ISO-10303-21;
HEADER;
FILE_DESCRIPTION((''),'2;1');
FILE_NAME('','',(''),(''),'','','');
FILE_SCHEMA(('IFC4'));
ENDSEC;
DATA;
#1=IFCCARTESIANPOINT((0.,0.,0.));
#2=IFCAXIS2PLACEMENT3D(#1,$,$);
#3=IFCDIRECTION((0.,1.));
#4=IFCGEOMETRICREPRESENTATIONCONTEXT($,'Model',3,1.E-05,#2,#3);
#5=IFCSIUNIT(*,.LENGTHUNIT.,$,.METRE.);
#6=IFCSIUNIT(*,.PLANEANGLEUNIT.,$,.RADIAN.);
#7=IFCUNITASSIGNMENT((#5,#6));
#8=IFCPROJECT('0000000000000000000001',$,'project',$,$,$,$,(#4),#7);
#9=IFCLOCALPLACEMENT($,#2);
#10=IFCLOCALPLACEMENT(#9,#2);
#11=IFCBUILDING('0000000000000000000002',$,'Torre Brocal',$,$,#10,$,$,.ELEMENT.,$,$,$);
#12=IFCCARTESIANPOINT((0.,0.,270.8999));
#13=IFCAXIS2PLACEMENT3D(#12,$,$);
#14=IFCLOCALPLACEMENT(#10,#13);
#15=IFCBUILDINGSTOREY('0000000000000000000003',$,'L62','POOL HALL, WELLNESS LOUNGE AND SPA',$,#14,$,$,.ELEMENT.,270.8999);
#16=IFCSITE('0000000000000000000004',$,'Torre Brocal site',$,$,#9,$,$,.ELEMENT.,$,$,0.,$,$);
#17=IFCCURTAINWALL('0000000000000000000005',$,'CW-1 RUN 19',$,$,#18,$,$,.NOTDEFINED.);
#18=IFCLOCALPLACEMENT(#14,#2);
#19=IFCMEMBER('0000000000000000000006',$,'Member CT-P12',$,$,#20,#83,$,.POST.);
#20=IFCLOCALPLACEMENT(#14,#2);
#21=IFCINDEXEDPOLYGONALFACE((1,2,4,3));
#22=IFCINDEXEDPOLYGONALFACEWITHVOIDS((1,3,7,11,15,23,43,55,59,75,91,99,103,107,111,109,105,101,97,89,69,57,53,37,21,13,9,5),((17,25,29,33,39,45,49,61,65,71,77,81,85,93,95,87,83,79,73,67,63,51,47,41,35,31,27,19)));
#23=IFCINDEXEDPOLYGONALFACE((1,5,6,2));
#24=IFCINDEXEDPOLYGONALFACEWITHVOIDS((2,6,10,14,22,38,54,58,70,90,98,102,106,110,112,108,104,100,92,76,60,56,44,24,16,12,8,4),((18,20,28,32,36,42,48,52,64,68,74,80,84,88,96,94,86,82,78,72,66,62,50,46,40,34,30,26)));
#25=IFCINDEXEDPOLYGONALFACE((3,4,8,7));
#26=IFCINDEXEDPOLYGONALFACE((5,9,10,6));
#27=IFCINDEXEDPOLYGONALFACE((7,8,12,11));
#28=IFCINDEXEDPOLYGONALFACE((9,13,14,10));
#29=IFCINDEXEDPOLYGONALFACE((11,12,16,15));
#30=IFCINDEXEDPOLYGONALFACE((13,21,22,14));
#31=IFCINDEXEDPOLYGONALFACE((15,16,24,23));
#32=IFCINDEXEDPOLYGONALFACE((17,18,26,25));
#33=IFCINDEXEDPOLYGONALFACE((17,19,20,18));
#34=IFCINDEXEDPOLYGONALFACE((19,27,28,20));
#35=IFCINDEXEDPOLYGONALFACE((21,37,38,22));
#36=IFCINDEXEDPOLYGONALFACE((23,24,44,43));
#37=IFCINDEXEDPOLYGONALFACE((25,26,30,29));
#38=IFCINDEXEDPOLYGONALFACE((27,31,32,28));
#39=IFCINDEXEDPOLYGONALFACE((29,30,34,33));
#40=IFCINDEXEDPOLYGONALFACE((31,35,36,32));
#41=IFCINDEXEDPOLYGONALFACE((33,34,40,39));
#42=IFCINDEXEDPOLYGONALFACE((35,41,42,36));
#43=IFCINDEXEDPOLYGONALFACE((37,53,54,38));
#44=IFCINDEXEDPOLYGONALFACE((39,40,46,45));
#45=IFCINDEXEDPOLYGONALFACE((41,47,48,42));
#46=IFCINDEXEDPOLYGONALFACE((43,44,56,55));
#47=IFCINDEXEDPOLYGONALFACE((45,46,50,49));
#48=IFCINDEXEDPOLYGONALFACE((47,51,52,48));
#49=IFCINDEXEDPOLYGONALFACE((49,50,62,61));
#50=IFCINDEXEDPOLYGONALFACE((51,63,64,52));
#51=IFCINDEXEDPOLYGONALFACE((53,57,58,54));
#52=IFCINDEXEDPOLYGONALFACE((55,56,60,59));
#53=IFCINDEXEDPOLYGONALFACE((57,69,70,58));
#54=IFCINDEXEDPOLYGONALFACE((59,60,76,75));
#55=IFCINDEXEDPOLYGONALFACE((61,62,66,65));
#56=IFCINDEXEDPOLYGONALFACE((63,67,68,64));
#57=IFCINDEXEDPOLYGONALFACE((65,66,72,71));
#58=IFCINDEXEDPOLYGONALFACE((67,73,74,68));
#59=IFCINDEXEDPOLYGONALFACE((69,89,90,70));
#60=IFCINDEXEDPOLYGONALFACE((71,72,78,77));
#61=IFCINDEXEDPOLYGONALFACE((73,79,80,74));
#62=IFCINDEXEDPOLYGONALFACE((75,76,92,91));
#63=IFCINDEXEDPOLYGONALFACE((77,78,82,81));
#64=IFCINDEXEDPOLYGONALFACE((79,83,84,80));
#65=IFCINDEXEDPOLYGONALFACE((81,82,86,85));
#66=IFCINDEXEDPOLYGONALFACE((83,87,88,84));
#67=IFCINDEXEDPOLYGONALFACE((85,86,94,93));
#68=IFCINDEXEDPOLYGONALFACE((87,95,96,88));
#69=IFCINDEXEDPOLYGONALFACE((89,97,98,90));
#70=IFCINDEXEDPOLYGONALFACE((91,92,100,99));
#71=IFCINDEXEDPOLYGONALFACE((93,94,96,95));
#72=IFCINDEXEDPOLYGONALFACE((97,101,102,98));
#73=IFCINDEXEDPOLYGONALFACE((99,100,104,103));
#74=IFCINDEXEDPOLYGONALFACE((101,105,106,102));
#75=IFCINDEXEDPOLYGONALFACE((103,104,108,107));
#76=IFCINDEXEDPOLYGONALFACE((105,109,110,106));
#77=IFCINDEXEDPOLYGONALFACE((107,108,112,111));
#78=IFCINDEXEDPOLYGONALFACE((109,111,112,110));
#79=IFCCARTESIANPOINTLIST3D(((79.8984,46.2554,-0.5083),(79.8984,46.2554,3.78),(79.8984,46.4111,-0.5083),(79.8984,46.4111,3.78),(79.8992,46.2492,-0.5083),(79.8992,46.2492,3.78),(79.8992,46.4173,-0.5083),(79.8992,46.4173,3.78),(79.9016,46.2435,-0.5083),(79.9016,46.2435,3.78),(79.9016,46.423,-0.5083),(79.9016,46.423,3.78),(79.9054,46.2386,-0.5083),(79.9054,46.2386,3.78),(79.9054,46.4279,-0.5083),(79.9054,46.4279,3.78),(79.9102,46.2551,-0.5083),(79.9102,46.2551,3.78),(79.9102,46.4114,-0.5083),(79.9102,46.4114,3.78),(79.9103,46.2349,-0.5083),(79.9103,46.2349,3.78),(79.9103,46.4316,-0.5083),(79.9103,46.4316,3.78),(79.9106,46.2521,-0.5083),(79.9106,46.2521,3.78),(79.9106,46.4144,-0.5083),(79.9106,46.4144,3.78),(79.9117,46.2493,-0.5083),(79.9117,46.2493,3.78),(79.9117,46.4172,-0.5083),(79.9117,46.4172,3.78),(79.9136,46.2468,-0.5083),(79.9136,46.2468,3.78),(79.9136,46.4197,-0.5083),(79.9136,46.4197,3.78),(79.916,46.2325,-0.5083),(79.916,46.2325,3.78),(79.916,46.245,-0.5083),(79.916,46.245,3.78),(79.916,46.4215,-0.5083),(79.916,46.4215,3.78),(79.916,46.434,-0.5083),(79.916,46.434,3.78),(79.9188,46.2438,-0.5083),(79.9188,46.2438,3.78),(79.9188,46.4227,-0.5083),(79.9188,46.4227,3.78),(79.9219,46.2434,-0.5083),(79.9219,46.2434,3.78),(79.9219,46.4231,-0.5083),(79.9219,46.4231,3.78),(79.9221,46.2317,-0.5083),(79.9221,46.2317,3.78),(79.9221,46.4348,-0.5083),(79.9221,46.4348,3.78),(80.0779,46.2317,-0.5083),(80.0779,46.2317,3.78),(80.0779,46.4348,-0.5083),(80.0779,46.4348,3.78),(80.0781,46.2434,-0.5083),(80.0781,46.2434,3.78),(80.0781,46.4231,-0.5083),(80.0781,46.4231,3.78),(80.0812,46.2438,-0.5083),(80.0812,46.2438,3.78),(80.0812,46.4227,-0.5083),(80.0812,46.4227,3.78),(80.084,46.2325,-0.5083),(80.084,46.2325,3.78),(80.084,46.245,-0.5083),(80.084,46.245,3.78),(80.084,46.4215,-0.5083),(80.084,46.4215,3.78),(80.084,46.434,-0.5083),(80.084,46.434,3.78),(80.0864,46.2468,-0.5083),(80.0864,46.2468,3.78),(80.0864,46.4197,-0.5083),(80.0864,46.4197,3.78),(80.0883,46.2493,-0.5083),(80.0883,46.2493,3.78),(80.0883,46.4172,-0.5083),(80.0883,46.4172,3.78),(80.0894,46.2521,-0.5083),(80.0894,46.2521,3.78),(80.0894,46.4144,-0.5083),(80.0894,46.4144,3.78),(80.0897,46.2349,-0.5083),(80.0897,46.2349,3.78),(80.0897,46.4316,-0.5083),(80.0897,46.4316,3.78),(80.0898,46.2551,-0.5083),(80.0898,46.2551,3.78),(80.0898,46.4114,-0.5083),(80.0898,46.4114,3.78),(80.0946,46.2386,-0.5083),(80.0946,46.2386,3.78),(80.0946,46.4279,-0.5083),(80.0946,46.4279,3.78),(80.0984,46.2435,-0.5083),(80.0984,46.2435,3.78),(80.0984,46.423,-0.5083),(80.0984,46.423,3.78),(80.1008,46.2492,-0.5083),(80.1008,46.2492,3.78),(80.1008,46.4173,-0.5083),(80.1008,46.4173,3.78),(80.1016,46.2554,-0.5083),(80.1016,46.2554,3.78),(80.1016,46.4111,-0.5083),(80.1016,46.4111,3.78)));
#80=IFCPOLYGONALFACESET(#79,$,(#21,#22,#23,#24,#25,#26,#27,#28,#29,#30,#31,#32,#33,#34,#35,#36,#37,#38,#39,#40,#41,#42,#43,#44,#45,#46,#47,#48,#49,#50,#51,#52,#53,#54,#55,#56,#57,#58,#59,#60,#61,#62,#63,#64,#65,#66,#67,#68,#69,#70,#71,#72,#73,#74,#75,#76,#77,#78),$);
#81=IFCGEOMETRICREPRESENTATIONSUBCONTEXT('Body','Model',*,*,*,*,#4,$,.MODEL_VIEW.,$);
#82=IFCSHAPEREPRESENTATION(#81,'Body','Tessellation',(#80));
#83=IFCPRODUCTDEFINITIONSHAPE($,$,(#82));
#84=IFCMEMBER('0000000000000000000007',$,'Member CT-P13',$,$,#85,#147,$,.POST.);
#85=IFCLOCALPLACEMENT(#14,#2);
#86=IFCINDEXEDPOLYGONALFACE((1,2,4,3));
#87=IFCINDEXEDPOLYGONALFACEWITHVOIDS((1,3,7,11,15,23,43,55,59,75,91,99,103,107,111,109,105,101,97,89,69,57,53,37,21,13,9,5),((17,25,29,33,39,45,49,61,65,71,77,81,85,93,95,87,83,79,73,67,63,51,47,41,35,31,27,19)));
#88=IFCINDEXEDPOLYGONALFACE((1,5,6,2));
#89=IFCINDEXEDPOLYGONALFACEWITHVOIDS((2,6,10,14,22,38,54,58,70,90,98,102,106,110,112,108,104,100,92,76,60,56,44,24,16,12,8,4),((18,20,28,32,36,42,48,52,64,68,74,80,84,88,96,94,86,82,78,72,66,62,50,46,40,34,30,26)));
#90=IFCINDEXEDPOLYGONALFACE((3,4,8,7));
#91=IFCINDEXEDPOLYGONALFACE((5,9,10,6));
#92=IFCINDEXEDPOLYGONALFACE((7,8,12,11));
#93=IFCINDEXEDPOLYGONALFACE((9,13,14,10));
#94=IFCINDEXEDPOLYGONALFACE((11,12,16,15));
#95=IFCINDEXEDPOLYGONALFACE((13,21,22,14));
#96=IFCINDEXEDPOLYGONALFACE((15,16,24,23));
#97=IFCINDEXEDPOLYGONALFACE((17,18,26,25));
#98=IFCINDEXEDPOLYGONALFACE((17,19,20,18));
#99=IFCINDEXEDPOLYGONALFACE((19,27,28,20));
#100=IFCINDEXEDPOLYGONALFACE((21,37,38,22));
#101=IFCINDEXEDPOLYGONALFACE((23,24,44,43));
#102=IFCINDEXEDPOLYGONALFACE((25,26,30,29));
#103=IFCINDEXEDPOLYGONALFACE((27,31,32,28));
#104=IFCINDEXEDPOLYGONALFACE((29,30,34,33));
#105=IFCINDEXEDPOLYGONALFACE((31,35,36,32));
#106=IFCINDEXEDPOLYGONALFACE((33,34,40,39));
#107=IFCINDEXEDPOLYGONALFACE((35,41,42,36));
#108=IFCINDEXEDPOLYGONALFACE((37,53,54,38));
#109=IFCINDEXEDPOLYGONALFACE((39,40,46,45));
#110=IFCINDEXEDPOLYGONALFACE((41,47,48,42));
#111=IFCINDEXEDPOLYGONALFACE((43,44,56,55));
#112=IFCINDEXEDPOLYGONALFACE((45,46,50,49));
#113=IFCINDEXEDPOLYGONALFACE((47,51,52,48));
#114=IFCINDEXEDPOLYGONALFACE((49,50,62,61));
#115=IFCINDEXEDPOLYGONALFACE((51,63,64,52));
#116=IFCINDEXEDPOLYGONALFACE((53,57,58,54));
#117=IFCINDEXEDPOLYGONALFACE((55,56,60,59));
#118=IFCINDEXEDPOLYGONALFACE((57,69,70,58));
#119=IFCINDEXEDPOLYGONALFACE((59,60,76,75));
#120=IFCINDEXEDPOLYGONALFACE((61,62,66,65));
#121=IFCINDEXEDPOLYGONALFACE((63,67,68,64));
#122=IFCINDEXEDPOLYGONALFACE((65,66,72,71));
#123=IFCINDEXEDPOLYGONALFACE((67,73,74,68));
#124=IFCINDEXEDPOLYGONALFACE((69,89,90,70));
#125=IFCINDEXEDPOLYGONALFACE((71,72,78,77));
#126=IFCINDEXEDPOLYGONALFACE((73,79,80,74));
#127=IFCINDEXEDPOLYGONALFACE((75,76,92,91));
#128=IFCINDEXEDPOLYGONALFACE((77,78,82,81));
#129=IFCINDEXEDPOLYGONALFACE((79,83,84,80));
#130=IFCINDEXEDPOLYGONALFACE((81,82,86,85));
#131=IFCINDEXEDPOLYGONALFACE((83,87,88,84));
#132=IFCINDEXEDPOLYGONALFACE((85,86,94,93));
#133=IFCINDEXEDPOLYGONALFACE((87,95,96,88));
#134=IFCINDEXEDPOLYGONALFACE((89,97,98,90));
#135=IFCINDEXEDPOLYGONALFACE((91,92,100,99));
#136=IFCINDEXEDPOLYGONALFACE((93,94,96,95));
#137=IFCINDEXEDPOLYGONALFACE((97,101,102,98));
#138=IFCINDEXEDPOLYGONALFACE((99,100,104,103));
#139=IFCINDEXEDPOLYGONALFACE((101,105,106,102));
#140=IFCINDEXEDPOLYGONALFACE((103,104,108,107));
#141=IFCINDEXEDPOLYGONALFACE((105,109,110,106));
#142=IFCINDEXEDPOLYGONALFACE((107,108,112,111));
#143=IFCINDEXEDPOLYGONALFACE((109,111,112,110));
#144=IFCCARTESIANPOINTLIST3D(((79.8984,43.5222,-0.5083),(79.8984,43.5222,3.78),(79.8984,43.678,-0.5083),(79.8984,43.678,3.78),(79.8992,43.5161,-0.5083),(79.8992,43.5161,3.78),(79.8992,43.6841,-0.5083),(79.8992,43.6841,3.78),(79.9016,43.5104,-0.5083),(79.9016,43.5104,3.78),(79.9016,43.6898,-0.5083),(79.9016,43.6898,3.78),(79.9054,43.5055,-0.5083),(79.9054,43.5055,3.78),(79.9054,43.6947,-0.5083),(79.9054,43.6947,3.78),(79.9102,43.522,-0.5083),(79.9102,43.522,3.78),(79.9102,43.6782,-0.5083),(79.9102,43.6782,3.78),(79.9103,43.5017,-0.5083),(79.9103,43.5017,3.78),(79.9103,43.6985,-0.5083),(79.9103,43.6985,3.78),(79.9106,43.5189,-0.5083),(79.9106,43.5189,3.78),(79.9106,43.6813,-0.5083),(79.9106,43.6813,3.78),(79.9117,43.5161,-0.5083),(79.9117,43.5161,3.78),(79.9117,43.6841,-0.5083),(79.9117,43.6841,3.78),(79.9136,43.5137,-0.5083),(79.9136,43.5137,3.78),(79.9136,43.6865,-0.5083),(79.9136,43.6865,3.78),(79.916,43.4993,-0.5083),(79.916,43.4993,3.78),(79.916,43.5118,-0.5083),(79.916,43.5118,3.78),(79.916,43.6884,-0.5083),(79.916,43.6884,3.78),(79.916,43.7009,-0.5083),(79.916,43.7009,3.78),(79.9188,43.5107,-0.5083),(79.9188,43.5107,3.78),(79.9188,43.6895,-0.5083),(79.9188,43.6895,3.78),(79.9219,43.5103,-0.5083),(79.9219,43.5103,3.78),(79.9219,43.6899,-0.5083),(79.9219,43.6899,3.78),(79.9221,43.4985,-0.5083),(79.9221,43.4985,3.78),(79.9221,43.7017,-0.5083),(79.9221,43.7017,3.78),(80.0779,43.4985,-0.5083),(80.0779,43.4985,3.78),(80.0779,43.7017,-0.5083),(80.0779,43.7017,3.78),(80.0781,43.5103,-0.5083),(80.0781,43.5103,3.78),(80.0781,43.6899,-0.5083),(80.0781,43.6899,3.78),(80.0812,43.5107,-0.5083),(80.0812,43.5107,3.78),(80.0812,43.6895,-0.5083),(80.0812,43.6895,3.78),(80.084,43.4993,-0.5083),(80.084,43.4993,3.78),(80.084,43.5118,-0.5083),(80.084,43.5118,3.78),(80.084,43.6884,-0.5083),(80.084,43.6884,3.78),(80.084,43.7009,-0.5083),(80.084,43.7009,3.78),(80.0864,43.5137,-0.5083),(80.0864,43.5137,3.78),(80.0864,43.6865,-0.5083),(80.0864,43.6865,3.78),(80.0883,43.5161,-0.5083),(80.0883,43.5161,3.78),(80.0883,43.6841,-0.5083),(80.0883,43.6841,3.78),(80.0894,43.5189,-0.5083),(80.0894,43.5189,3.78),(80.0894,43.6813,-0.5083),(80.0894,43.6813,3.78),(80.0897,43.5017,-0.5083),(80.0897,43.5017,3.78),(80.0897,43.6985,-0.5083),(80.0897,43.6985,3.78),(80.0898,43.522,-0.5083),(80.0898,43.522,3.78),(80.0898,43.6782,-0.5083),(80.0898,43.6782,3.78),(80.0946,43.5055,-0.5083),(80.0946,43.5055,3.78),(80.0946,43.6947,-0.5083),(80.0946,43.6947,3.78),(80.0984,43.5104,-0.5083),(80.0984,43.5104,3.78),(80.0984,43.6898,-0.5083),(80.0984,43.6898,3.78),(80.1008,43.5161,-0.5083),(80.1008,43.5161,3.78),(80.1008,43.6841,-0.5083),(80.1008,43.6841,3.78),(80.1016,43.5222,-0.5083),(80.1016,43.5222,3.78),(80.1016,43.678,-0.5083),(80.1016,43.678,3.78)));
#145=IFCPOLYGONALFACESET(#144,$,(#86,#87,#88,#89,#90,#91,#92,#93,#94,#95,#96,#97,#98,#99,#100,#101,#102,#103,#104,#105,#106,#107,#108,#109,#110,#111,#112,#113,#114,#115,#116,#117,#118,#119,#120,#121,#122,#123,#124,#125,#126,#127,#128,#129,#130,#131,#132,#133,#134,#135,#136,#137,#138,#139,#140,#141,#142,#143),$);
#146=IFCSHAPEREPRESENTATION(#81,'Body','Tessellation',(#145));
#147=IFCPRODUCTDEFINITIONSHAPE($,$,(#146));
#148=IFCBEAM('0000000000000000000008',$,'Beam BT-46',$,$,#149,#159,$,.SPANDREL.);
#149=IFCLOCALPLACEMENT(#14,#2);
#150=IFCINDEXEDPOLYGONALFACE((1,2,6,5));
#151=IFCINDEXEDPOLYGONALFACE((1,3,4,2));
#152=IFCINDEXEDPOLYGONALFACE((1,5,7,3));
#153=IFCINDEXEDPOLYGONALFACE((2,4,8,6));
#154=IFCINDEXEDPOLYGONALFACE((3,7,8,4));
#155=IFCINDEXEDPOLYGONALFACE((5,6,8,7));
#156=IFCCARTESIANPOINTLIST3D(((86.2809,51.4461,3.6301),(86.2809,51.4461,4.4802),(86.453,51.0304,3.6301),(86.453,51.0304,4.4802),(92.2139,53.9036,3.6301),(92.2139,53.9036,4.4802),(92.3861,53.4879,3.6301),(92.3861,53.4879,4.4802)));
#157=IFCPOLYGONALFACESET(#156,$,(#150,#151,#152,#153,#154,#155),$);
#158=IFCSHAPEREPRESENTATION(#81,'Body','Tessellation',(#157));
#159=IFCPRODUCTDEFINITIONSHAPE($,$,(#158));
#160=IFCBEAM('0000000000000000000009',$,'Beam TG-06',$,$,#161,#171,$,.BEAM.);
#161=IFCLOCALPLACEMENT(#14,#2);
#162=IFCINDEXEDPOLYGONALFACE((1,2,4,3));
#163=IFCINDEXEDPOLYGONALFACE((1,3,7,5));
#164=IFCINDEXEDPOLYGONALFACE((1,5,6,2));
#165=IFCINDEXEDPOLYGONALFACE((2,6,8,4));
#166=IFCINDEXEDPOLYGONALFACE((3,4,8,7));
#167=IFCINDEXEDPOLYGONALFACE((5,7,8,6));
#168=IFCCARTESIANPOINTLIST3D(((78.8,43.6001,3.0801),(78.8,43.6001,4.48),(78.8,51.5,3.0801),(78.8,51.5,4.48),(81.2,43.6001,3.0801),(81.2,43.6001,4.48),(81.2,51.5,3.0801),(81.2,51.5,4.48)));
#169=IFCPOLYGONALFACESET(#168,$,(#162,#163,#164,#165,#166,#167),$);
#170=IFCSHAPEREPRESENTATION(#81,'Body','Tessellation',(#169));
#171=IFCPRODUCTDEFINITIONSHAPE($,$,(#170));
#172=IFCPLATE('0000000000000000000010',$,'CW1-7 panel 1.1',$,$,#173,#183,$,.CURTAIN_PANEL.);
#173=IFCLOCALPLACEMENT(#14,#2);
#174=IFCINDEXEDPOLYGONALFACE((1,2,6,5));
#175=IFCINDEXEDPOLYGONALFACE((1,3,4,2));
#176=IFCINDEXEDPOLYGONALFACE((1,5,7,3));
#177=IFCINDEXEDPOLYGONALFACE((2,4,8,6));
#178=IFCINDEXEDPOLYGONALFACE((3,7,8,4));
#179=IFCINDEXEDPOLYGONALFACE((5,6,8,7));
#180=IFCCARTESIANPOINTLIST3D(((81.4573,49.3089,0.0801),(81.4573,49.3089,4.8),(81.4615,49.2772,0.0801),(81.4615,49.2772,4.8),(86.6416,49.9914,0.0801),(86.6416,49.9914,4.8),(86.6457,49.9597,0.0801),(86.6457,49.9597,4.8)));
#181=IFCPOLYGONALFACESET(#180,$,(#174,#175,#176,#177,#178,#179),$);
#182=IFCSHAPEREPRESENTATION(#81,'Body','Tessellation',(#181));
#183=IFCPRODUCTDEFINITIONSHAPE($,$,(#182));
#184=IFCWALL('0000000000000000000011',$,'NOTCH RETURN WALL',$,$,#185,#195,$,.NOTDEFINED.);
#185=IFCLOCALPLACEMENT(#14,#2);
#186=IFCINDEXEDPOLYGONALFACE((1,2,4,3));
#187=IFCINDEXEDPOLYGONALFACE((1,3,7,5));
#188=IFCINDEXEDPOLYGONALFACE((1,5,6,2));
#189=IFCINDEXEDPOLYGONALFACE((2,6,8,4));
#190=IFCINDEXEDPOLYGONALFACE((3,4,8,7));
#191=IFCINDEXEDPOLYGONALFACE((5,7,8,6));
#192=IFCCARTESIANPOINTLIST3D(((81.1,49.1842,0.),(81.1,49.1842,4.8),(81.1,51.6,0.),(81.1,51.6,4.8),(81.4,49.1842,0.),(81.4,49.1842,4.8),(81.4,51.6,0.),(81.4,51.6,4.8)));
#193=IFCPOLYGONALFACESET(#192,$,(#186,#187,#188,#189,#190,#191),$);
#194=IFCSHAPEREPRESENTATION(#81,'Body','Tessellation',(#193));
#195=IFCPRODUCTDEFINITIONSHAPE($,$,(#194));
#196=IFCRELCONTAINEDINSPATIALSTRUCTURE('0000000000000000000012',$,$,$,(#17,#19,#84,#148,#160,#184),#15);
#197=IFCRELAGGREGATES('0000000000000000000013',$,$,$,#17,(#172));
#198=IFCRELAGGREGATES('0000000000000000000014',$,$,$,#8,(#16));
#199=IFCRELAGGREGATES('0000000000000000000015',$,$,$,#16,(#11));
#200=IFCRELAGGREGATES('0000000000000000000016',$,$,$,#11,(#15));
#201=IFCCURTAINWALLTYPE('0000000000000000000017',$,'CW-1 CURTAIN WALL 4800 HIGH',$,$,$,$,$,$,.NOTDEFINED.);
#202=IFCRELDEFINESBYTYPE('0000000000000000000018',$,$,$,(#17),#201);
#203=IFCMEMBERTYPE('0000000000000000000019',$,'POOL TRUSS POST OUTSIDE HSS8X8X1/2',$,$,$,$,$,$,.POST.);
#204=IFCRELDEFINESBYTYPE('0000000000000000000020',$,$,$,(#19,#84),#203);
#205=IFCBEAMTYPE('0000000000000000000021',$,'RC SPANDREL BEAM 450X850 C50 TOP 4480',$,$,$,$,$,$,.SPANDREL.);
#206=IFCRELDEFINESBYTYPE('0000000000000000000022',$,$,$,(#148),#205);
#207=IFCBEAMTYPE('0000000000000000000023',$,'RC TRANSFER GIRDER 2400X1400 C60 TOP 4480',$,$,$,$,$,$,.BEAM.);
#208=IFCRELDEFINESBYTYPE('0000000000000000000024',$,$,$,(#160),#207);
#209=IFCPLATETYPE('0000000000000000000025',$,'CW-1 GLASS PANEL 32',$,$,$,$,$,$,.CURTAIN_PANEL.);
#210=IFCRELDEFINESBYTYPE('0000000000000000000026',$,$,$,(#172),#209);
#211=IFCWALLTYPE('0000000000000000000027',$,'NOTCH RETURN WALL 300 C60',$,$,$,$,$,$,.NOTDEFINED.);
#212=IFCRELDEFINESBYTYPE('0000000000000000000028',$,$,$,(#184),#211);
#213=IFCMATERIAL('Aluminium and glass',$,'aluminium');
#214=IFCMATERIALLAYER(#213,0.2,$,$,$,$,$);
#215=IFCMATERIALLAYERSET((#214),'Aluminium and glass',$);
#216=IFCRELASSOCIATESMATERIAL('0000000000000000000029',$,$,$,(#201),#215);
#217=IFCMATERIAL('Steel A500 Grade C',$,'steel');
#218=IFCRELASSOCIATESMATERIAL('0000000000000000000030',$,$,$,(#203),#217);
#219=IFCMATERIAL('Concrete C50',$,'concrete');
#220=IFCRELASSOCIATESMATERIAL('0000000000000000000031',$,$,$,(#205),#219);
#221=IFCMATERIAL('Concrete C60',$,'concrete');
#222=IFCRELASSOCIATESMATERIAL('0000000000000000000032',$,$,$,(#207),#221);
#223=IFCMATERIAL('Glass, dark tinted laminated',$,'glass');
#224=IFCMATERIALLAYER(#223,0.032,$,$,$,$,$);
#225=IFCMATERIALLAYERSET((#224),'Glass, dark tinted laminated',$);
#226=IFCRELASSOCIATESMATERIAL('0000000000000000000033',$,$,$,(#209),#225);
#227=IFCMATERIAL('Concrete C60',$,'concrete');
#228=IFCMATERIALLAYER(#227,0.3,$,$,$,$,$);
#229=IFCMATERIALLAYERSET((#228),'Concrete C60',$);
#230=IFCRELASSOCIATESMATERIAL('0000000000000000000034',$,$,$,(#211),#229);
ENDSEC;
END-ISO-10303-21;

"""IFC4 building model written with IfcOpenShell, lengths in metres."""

from ifc_helpers import new_model, si_unit, direction, frame, frame_2d, origin, origin_2d, place, context, subcontext, project, spatial, rectangle, hollow_rectangle, extrude, material, layer, layer_set, material_profile, profile_set, type_object, element, aggregate, save


model = new_model("IFC4")

# Units and contexts
model_context = context("Model", 3, precision=1e-05, world=origin(), true_north=direction((0.0, 1.0)))
body_context = subcontext(model_context, "Body", "Model", "MODEL_VIEW")
ifc_project = project(units=[si_unit("LENGTHUNIT", "METRE"), si_unit("PLANEANGLEUNIT", "RADIAN")], contexts=[model_context])

# Site, building, storey
site_placement = place(None, origin())
site = spatial("IfcSite", under=ifc_project, at=site_placement, Name="Torre Brocal site", CompositionType="ELEMENT", RefElevation=0.0)
building_placement = place(site_placement, origin())
building = spatial("IfcBuilding", under=site, at=building_placement, Name="Torre Brocal", CompositionType="ELEMENT")
storey_placement = place(building_placement, frame((0.0, 0.0, 270.8999)))
storey = spatial("IfcBuildingStorey", under=building, at=storey_placement, Name="L62", Description="POOL HALL, WELLNESS LOUNGE AND SPA", CompositionType="ELEMENT", Elevation=270.8999)

# Curtain wall
ifc_material_1 = material(Name="Aluminium and glass", Category="aluminium")
ifc_layer_1 = layer(ifc_material_1, 0.2)
ifc_layer_set_1 = layer_set([ifc_layer_1], Name="Aluminium and glass")
curtain_wall_type = type_object("IfcCurtainWallType", Name="CW-1 CURTAIN WALL 4800 HIGH", PredefinedType="NOTDEFINED", material=ifc_layer_set_1)
curtain_wall_placement = place(storey_placement, origin())
curtain_wall = element("IfcCurtainWall", 1, at=curtain_wall_placement, inside=storey, type_object=curtain_wall_type, Name="CW-1 RUN 19", PredefinedType="NOTDEFINED")

# Members
ifc_material_2 = material(Name="Steel A500 Grade C", Category="steel")
ifc_material_profile_1 = material_profile(ifc_material_2, hollow_rectangle(XDim=0.2031, YDim=0.2031, WallThickness=0.0117, InnerFilletRadius=0.0117, OuterFilletRadius=0.0237, at=origin_2d()), Name="HSS8X8X1/2")
ifc_profile_set_1 = profile_set([ifc_material_profile_1], Name="Steel A500 Grade C")
member_type_1 = type_object("IfcMemberType", Name="POOL TRUSS POST OUTSIDE HSS8X8X1/2", PredefinedType="POST", material=ifc_profile_set_1)
for number, where, z_axis, x_axis, name in (
    (2, (80.0, 46.3333, -0.5083), (0.0, 0.0, 1.0), (1.0, 0.0, 0.0), "Member CT-P12"),
    (3, (80.0, 43.6001, -0.5083), (0.0, 0.0, 1.0), (1.0, 0.0, 0.0), "Member CT-P13"),
):
    element("IfcMember", number, at=place(storey_placement, frame(where, z_axis=z_axis, x_axis=x_axis)), inside=storey, type_object=member_type_1, Name=name, PredefinedType="POST", context=body_context, shape_type="SweptSolid", body=[
        extrude(hollow_rectangle(XDim=0.2031, YDim=0.2031, WallThickness=0.0117, InnerFilletRadius=0.0117, OuterFilletRadius=0.0237, at=origin_2d()), origin(), (0.0, 0.0, 1.0), 4.2883),
    ])

# Beams
ifc_material_3 = material(Name="Concrete C50", Category="concrete")
ifc_material_profile_2 = material_profile(ifc_material_3, rectangle(XDim=0.45, YDim=0.8501, at=origin_2d()), Name="RC 450X850")
ifc_profile_set_2 = profile_set([ifc_material_profile_2], Name="Concrete C50")
beam_type_1 = type_object("IfcBeamType", Name="RC SPANDREL BEAM 450X850 C50 TOP 4480", PredefinedType="SPANDREL", material=ifc_profile_set_2)
beam_1_placement = place(storey_placement, frame((86.3669, 51.2383, 4.0552), z_axis=(0.923882, 0.382676, 0.0), x_axis=(-0.382676, 0.923882, 0.0)))
element("IfcBeam", 4, at=beam_1_placement, inside=storey, type_object=beam_type_1, Name="Beam BT-46", PredefinedType="SPANDREL", context=body_context, shape_type="SweptSolid", body=[
    extrude(rectangle(XDim=0.45, YDim=0.8501, at=origin_2d()), origin(), (0.0, 0.0, 1.0), 6.4219),
])
ifc_material_4 = material(Name="Concrete C60", Category="concrete")
ifc_material_profile_3 = material_profile(ifc_material_4, rectangle(XDim=2.3999, YDim=1.3999, at=origin_2d()), Name="RC 2400X1400")
ifc_profile_set_3 = profile_set([ifc_material_profile_3], Name="Concrete C60")
beam_type_2 = type_object("IfcBeamType", Name="RC TRANSFER GIRDER 2400X1400 C60 TOP 4480", PredefinedType="BEAM", material=ifc_profile_set_3)
beam_2_placement = place(storey_placement, frame((80.0, 51.5, 3.78), z_axis=(0.0, -1.0, 0.0), x_axis=(1.0, 0.0, 0.0)))
element("IfcBeam", 5, at=beam_2_placement, inside=storey, type_object=beam_type_2, Name="Beam TG-06", PredefinedType="BEAM", context=body_context, shape_type="SweptSolid", body=[
    extrude(rectangle(XDim=2.3999, YDim=1.3999, at=origin_2d()), origin(), (0.0, 0.0, 1.0), 7.8999),
])

# Plate
ifc_material_5 = material(Name="Glass, dark tinted laminated", Category="glass")
ifc_layer_2 = layer(ifc_material_5, 0.032)
ifc_layer_set_2 = layer_set([ifc_layer_2], Name="Glass, dark tinted laminated")
plate_type = type_object("IfcPlateType", Name="CW-1 GLASS PANEL 32", PredefinedType="CURTAIN_PANEL", material=ifc_layer_set_2)
plate_placement = place(storey_placement, frame((84.0515, 49.6343, 0.0801), z_axis=(0.0, 0.0, 1.0), x_axis=(0.991445, 0.130526, 0.0)))
plate = element("IfcPlate", 6, at=plate_placement, type_object=plate_type, Name="CW1-7 panel 1.1", PredefinedType="CURTAIN_PANEL", context=body_context, shape_type="SweptSolid", body=[
    extrude(rectangle(XDim=5.229, YDim=0.032, at=origin_2d()), origin(), (0.0, 0.0, 1.0), 4.72),
])
aggregate(curtain_wall, [plate])

# Wall
ifc_material_6 = material(Name="Concrete C60", Category="concrete")
ifc_layer_3 = layer(ifc_material_6, 0.3)
ifc_layer_set_3 = layer_set([ifc_layer_3], Name="Concrete C60")
wall_type_1 = type_object("IfcWallType", Name="NOTCH RETURN WALL 300 C60", PredefinedType="NOTDEFINED", material=ifc_layer_set_3)
wall_1_placement = place(storey_placement, frame((81.25, 51.6001, 0.0), z_axis=(0.0, 0.0, 1.0), x_axis=(0.0, -1.0, 0.0)))
element("IfcWall", 7, at=wall_1_placement, inside=storey, type_object=wall_type_1, Name="NOTCH RETURN WALL", PredefinedType="NOTDEFINED", context=body_context, shape_type="SweptSolid", body=[
    extrude(rectangle(XDim=2.4158, YDim=0.3, at=frame_2d((1.208, 0.0))), origin(), (0.0, 0.0, 1.0), 4.8),
])

save(model, "model.ifc")
